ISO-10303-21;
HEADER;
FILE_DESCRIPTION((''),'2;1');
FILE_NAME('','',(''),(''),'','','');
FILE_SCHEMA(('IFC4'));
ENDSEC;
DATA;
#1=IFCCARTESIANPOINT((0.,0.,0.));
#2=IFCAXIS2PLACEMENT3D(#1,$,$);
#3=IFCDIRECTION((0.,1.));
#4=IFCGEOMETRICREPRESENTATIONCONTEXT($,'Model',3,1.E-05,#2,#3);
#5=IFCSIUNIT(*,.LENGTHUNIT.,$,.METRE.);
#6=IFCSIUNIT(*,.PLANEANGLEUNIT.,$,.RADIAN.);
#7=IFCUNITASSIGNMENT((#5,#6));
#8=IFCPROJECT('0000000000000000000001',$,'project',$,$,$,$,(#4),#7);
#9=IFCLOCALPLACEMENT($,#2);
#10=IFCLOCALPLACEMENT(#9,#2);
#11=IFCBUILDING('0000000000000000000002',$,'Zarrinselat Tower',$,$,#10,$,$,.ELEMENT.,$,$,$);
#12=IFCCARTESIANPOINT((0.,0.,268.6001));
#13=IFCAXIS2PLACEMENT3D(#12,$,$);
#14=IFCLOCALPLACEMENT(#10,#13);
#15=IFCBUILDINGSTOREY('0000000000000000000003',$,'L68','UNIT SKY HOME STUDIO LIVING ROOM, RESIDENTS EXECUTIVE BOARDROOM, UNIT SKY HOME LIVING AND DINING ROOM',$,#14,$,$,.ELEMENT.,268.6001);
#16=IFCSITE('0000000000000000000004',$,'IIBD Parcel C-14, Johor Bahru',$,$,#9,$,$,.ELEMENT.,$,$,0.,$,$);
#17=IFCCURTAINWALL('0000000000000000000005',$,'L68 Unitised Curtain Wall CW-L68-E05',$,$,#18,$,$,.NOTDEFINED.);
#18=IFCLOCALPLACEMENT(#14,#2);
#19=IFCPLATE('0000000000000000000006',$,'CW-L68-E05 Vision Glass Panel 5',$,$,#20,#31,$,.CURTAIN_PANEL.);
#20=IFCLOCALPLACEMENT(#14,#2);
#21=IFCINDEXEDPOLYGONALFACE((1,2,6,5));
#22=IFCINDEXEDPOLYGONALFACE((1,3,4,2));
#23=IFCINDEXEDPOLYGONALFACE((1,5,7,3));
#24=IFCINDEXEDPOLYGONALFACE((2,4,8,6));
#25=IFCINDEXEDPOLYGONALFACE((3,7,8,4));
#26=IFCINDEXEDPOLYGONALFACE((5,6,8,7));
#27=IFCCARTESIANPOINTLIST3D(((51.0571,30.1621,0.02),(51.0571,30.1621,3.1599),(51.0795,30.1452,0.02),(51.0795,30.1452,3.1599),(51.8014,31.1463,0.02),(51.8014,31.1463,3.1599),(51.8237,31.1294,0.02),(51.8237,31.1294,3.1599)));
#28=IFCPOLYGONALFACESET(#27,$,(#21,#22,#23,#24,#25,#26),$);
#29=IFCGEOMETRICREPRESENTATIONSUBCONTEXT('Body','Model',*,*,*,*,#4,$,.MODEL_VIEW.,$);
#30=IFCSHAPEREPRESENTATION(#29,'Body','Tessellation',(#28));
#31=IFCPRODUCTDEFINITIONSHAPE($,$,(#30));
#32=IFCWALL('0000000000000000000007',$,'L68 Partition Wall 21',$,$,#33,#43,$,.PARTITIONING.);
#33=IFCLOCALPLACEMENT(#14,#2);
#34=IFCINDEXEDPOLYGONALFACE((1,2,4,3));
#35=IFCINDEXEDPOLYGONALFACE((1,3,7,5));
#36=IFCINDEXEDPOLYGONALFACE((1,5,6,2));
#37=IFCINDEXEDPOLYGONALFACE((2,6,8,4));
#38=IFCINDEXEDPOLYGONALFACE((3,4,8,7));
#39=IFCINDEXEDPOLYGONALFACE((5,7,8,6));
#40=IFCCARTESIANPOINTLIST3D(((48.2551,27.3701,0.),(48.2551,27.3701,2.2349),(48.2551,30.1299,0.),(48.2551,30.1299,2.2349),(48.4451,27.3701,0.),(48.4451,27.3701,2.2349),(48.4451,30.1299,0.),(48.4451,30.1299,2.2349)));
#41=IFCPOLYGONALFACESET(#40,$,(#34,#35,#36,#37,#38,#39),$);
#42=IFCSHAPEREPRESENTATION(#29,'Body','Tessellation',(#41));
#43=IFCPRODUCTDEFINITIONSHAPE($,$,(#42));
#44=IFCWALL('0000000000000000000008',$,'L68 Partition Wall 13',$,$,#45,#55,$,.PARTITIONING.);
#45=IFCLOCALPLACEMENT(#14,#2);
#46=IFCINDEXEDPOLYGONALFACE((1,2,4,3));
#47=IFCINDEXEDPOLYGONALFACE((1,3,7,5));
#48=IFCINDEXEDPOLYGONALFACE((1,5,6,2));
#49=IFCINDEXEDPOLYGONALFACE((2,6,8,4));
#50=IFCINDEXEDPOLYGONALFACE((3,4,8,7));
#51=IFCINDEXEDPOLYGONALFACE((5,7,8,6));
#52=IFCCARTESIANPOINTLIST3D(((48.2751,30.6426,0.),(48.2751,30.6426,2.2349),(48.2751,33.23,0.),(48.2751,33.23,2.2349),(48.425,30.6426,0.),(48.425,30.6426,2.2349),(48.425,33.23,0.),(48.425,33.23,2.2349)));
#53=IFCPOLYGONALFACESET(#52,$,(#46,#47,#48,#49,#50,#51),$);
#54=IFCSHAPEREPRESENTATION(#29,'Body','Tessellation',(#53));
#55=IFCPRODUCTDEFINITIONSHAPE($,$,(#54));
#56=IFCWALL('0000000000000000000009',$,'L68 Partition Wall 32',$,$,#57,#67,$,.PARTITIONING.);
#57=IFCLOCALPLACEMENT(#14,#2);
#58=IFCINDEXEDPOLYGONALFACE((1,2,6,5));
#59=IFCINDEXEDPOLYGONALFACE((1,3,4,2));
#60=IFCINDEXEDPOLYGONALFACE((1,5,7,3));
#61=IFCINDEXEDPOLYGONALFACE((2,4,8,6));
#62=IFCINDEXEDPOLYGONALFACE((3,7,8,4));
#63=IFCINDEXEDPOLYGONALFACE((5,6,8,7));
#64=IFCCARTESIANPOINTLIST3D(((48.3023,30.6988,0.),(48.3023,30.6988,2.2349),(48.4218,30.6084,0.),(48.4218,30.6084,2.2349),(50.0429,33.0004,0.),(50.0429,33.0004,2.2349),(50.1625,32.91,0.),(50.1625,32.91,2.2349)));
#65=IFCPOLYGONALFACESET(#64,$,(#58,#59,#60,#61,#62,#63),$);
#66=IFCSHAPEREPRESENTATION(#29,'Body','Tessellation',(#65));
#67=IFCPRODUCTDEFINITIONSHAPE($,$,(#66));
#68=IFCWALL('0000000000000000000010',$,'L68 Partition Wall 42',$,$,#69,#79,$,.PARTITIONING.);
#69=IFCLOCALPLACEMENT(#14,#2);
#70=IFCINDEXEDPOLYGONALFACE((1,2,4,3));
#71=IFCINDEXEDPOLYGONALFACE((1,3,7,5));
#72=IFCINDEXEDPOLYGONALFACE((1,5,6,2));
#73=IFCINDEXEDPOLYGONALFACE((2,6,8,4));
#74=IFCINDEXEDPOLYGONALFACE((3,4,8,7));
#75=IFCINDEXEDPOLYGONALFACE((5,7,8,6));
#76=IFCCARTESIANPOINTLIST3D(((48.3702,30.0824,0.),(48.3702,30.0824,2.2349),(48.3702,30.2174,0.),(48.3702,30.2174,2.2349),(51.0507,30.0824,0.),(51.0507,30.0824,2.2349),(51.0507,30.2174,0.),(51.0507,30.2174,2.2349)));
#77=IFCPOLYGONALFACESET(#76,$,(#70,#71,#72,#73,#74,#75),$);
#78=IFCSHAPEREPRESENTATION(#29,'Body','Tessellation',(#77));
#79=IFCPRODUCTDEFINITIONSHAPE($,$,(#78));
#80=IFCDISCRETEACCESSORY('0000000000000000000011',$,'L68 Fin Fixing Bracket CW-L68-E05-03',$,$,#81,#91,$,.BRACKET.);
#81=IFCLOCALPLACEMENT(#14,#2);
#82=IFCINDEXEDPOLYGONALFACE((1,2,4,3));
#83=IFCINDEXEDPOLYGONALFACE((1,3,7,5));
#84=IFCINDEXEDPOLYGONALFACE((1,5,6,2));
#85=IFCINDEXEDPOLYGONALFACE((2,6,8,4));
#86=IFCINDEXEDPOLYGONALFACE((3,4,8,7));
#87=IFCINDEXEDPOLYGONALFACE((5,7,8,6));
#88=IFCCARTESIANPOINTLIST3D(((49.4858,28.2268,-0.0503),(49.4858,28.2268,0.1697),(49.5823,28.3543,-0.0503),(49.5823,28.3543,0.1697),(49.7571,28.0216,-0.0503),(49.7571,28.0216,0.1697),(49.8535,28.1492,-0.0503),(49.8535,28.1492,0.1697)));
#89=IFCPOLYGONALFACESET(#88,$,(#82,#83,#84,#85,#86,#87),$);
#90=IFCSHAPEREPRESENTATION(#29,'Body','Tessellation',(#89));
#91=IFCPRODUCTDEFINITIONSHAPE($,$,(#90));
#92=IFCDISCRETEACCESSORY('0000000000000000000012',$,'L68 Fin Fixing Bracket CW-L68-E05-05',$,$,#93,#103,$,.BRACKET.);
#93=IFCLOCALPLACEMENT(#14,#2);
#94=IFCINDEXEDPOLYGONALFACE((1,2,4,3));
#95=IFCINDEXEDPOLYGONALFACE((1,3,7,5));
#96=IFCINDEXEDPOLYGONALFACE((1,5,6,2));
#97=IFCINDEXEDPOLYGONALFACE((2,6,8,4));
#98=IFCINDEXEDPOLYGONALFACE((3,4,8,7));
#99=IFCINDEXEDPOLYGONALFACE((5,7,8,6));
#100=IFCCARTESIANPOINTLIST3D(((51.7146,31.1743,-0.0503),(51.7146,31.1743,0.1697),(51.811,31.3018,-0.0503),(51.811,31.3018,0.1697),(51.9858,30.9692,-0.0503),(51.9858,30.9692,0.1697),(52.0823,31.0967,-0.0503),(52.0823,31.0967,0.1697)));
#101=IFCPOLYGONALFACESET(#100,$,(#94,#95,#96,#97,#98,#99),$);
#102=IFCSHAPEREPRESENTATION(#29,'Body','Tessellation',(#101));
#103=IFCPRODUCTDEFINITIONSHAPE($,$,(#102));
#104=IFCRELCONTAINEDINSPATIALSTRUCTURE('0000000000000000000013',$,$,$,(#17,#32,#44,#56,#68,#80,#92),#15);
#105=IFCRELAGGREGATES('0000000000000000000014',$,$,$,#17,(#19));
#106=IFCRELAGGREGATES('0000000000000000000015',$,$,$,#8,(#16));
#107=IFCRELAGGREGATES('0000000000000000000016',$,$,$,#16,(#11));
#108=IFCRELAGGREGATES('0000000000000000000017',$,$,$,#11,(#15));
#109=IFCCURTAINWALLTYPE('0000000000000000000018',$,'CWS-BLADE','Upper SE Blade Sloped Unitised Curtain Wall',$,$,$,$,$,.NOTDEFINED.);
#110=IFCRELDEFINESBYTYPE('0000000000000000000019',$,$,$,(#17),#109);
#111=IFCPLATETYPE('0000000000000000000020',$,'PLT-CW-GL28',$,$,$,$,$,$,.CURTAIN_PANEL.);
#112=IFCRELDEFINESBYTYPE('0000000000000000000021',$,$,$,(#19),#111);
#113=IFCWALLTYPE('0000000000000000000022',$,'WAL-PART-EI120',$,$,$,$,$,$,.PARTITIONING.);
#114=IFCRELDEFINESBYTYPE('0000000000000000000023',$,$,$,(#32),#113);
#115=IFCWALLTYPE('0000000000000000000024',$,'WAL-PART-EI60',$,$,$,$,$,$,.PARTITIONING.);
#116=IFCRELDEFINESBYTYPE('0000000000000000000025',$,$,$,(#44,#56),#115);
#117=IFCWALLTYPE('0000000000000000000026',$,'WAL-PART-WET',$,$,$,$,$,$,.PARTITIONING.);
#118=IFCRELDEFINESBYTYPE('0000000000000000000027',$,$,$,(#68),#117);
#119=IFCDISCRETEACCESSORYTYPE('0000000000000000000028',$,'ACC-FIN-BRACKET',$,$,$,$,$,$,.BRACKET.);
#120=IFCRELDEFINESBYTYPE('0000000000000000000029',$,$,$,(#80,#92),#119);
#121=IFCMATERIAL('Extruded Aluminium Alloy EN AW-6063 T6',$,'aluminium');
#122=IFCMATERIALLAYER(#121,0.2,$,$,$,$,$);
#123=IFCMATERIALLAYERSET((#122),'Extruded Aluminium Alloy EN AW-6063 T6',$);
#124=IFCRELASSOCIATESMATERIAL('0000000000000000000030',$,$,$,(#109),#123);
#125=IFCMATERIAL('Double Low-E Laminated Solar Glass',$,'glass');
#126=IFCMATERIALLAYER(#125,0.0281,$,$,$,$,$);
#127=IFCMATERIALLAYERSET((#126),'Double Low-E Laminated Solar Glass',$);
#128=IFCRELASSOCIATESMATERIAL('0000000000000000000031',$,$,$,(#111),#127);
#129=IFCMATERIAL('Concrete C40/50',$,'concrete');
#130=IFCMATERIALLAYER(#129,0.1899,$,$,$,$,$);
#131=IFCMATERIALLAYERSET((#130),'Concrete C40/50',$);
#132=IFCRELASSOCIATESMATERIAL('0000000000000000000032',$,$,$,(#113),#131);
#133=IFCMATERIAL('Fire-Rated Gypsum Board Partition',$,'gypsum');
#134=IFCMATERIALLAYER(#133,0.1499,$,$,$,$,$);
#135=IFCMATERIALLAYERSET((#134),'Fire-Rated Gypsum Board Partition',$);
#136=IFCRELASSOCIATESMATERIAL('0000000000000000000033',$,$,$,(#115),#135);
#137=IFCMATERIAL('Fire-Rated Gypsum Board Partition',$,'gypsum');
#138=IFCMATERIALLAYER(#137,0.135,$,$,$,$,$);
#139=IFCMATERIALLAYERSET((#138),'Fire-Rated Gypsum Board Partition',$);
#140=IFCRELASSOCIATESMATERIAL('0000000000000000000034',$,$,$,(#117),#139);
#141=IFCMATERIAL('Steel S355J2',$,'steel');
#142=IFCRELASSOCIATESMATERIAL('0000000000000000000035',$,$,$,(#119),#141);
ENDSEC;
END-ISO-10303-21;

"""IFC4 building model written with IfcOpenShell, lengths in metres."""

from ifc_helpers import new_model, si_unit, direction, frame, frame_2d, origin, origin_2d, place, context, subcontext, project, spatial, rectangle, extrude, material, layer, layer_set, type_object, element, aggregate, save


model = new_model("IFC4")

# Units and contexts
model_context = context("Model", 3, precision=1e-05, world=origin(), true_north=direction((0.0, 1.0)))
body_context = subcontext(model_context, "Body", "Model", "MODEL_VIEW")
ifc_project = project(units=[si_unit("LENGTHUNIT", "METRE"), si_unit("PLANEANGLEUNIT", "RADIAN")], contexts=[model_context])

# Site, building, storey
site_placement = place(None, origin())
site = spatial("IfcSite", under=ifc_project, at=site_placement, Name="IIBD Parcel C-14, Johor Bahru", CompositionType="ELEMENT", RefElevation=0.0)
building_placement = place(site_placement, origin())
building = spatial("IfcBuilding", under=site, at=building_placement, Name="Zarrinselat Tower", CompositionType="ELEMENT")
storey_placement = place(building_placement, frame((0.0, 0.0, 268.6001)))
storey = spatial("IfcBuildingStorey", under=building, at=storey_placement, Name="L68", Description="UNIT SKY HOME STUDIO LIVING ROOM, RESIDENTS EXECUTIVE BOARDROOM, UNIT SKY HOME LIVING AND DINING ROOM", CompositionType="ELEMENT", Elevation=268.6001)

# Curtain wall, plate
ifc_material_1 = material(Name="Extruded Aluminium Alloy EN AW-6063 T6", Category="aluminium")
ifc_layer_1 = layer(ifc_material_1, 0.2)
ifc_layer_set_1 = layer_set([ifc_layer_1], Name="Extruded Aluminium Alloy EN AW-6063 T6")
curtain_wall_type = type_object("IfcCurtainWallType", Name="CWS-BLADE", Description="Upper SE Blade Sloped Unitised Curtain Wall", PredefinedType="NOTDEFINED", material=ifc_layer_set_1)
curtain_wall_placement = place(storey_placement, origin())
curtain_wall = element("IfcCurtainWall", 1, at=curtain_wall_placement, inside=storey, type_object=curtain_wall_type, Name="L68 Unitised Curtain Wall CW-L68-E05", PredefinedType="NOTDEFINED")
ifc_material_2 = material(Name="Double Low-E Laminated Solar Glass", Category="glass")
ifc_layer_2 = layer(ifc_material_2, 0.0281)
ifc_layer_set_2 = layer_set([ifc_layer_2], Name="Double Low-E Laminated Solar Glass")
plate_type = type_object("IfcPlateType", Name="PLT-CW-GL28", PredefinedType="CURTAIN_PANEL", material=ifc_layer_set_2)
plate_1_placement = place(storey_placement, frame((51.4404, 30.6458, 0.02), z_axis=(0.0, 0.0, 1.0), x_axis=(0.60317, 0.797613, 0.0)))
plate_1 = element("IfcPlate", 2, at=plate_1_placement, type_object=plate_type, Name="CW-L68-E05 Vision Glass Panel 5", PredefinedType="CURTAIN_PANEL", context=body_context, shape_type="SweptSolid", body=[
    extrude(rectangle(XDim=1.2339, YDim=0.0281, at=origin_2d()), origin(), (0.0, 0.0, 1.0), 3.1399),
])
aggregate(curtain_wall, [plate_1])

# Walls
ifc_material_3 = material(Name="Concrete C40/50", Category="concrete")
ifc_layer_3 = layer(ifc_material_3, 0.1899)
ifc_layer_set_3 = layer_set([ifc_layer_3], Name="Concrete C40/50")
wall_type_1 = type_object("IfcWallType", Name="WAL-PART-EI120", PredefinedType="PARTITIONING", material=ifc_layer_set_3)
wall_1_placement = place(storey_placement, frame((48.3501, 27.3701, 0.0), z_axis=(0.0, 0.0, 1.0), x_axis=(0.0, 1.0, 0.0)))
element("IfcWall", 3, at=wall_1_placement, inside=storey, type_object=wall_type_1, Name="L68 Partition Wall 21", PredefinedType="PARTITIONING", context=body_context, shape_type="SweptSolid", body=[
    extrude(rectangle(XDim=2.7598, YDim=0.1899, at=frame_2d((1.3799, 0.0))), origin(), (0.0, 0.0, 1.0), 2.2349),
])
ifc_material_4 = material(Name="Fire-Rated Gypsum Board Partition", Category="gypsum")
ifc_layer_4 = layer(ifc_material_4, 0.1499)
ifc_layer_set_4 = layer_set([ifc_layer_4], Name="Fire-Rated Gypsum Board Partition")
wall_type_2 = type_object("IfcWallType", Name="WAL-PART-EI60", PredefinedType="PARTITIONING", material=ifc_layer_set_4)
wall_2_placement = place(storey_placement, frame((48.3501, 30.6426, 0.0), z_axis=(0.0, 0.0, 1.0), x_axis=(0.0, 1.0, 0.0)))
element("IfcWall", 4, at=wall_2_placement, inside=storey, type_object=wall_type_2, Name="L68 Partition Wall 13", PredefinedType="PARTITIONING", context=body_context, shape_type="SweptSolid", body=[
    extrude(rectangle(XDim=2.5874, YDim=0.1499, at=frame_2d((1.2937, 0.0))), origin(), (0.0, 0.0, 1.0), 2.2349),
])
wall_3_placement = place(storey_placement, frame((48.3621, 30.6536, 0.0), z_axis=(0.0, 0.0, 1.0), x_axis=(0.60319, 0.797598, 0.0)))
element("IfcWall", 5, at=wall_3_placement, inside=storey, type_object=wall_type_2, Name="L68 Partition Wall 32", PredefinedType="PARTITIONING", context=body_context, shape_type="SweptSolid", body=[
    extrude(rectangle(XDim=2.8857, YDim=0.1499, at=frame_2d((1.4429, 0.0))), origin(), (0.0, 0.0, 1.0), 2.2349),
])
ifc_material_5 = material(Name="Fire-Rated Gypsum Board Partition", Category="gypsum")
ifc_layer_5 = layer(ifc_material_5, 0.135)
ifc_layer_set_5 = layer_set([ifc_layer_5], Name="Fire-Rated Gypsum Board Partition")
wall_type_3 = type_object("IfcWallType", Name="WAL-PART-WET", PredefinedType="PARTITIONING", material=ifc_layer_set_5)
wall_4_placement = place(storey_placement, frame((48.3701, 30.1499, 0.0), z_axis=(0.0, 0.0, 1.0), x_axis=(1.0, 0.0, 0.0)))
element("IfcWall", 6, at=wall_4_placement, inside=storey, type_object=wall_type_3, Name="L68 Partition Wall 42", PredefinedType="PARTITIONING", context=body_context, shape_type="SweptSolid", body=[
    extrude(rectangle(XDim=2.6804, YDim=0.135, at=frame_2d((1.3403, 0.0))), origin(), (0.0, 0.0, 1.0), 2.2349),
])

# Discrete accessories
ifc_material_6 = material(Name="Steel S355J2", Category="steel")
discrete_accessory_type = type_object("IfcDiscreteAccessoryType", Name="ACC-FIN-BRACKET", PredefinedType="BRACKET", material=ifc_material_6)
for number, where, z_axis, x_axis, name in (
    (7, (49.6697, 28.188, -0.0503), (0.0, 0.0, 1.0), (0.797613, -0.60317, 0.0), "L68 Fin Fixing Bracket CW-L68-E05-03"),
    (8, (51.8984, 31.1355, -0.0503), (0.0, 0.0, 1.0), (0.797613, -0.60317, 0.0), "L68 Fin Fixing Bracket CW-L68-E05-05"),
):
    element("IfcDiscreteAccessory", number, at=place(storey_placement, frame(where, z_axis=z_axis, x_axis=x_axis)), inside=storey, type_object=discrete_accessory_type, Name=name, PredefinedType="BRACKET", context=body_context, shape_type="SweptSolid", body=[
        extrude(rectangle(XDim=0.3401, YDim=0.1599, at=origin_2d()), origin(), (0.0, 0.0, 1.0), 0.22),
    ])

save(model, "model.ifc")
